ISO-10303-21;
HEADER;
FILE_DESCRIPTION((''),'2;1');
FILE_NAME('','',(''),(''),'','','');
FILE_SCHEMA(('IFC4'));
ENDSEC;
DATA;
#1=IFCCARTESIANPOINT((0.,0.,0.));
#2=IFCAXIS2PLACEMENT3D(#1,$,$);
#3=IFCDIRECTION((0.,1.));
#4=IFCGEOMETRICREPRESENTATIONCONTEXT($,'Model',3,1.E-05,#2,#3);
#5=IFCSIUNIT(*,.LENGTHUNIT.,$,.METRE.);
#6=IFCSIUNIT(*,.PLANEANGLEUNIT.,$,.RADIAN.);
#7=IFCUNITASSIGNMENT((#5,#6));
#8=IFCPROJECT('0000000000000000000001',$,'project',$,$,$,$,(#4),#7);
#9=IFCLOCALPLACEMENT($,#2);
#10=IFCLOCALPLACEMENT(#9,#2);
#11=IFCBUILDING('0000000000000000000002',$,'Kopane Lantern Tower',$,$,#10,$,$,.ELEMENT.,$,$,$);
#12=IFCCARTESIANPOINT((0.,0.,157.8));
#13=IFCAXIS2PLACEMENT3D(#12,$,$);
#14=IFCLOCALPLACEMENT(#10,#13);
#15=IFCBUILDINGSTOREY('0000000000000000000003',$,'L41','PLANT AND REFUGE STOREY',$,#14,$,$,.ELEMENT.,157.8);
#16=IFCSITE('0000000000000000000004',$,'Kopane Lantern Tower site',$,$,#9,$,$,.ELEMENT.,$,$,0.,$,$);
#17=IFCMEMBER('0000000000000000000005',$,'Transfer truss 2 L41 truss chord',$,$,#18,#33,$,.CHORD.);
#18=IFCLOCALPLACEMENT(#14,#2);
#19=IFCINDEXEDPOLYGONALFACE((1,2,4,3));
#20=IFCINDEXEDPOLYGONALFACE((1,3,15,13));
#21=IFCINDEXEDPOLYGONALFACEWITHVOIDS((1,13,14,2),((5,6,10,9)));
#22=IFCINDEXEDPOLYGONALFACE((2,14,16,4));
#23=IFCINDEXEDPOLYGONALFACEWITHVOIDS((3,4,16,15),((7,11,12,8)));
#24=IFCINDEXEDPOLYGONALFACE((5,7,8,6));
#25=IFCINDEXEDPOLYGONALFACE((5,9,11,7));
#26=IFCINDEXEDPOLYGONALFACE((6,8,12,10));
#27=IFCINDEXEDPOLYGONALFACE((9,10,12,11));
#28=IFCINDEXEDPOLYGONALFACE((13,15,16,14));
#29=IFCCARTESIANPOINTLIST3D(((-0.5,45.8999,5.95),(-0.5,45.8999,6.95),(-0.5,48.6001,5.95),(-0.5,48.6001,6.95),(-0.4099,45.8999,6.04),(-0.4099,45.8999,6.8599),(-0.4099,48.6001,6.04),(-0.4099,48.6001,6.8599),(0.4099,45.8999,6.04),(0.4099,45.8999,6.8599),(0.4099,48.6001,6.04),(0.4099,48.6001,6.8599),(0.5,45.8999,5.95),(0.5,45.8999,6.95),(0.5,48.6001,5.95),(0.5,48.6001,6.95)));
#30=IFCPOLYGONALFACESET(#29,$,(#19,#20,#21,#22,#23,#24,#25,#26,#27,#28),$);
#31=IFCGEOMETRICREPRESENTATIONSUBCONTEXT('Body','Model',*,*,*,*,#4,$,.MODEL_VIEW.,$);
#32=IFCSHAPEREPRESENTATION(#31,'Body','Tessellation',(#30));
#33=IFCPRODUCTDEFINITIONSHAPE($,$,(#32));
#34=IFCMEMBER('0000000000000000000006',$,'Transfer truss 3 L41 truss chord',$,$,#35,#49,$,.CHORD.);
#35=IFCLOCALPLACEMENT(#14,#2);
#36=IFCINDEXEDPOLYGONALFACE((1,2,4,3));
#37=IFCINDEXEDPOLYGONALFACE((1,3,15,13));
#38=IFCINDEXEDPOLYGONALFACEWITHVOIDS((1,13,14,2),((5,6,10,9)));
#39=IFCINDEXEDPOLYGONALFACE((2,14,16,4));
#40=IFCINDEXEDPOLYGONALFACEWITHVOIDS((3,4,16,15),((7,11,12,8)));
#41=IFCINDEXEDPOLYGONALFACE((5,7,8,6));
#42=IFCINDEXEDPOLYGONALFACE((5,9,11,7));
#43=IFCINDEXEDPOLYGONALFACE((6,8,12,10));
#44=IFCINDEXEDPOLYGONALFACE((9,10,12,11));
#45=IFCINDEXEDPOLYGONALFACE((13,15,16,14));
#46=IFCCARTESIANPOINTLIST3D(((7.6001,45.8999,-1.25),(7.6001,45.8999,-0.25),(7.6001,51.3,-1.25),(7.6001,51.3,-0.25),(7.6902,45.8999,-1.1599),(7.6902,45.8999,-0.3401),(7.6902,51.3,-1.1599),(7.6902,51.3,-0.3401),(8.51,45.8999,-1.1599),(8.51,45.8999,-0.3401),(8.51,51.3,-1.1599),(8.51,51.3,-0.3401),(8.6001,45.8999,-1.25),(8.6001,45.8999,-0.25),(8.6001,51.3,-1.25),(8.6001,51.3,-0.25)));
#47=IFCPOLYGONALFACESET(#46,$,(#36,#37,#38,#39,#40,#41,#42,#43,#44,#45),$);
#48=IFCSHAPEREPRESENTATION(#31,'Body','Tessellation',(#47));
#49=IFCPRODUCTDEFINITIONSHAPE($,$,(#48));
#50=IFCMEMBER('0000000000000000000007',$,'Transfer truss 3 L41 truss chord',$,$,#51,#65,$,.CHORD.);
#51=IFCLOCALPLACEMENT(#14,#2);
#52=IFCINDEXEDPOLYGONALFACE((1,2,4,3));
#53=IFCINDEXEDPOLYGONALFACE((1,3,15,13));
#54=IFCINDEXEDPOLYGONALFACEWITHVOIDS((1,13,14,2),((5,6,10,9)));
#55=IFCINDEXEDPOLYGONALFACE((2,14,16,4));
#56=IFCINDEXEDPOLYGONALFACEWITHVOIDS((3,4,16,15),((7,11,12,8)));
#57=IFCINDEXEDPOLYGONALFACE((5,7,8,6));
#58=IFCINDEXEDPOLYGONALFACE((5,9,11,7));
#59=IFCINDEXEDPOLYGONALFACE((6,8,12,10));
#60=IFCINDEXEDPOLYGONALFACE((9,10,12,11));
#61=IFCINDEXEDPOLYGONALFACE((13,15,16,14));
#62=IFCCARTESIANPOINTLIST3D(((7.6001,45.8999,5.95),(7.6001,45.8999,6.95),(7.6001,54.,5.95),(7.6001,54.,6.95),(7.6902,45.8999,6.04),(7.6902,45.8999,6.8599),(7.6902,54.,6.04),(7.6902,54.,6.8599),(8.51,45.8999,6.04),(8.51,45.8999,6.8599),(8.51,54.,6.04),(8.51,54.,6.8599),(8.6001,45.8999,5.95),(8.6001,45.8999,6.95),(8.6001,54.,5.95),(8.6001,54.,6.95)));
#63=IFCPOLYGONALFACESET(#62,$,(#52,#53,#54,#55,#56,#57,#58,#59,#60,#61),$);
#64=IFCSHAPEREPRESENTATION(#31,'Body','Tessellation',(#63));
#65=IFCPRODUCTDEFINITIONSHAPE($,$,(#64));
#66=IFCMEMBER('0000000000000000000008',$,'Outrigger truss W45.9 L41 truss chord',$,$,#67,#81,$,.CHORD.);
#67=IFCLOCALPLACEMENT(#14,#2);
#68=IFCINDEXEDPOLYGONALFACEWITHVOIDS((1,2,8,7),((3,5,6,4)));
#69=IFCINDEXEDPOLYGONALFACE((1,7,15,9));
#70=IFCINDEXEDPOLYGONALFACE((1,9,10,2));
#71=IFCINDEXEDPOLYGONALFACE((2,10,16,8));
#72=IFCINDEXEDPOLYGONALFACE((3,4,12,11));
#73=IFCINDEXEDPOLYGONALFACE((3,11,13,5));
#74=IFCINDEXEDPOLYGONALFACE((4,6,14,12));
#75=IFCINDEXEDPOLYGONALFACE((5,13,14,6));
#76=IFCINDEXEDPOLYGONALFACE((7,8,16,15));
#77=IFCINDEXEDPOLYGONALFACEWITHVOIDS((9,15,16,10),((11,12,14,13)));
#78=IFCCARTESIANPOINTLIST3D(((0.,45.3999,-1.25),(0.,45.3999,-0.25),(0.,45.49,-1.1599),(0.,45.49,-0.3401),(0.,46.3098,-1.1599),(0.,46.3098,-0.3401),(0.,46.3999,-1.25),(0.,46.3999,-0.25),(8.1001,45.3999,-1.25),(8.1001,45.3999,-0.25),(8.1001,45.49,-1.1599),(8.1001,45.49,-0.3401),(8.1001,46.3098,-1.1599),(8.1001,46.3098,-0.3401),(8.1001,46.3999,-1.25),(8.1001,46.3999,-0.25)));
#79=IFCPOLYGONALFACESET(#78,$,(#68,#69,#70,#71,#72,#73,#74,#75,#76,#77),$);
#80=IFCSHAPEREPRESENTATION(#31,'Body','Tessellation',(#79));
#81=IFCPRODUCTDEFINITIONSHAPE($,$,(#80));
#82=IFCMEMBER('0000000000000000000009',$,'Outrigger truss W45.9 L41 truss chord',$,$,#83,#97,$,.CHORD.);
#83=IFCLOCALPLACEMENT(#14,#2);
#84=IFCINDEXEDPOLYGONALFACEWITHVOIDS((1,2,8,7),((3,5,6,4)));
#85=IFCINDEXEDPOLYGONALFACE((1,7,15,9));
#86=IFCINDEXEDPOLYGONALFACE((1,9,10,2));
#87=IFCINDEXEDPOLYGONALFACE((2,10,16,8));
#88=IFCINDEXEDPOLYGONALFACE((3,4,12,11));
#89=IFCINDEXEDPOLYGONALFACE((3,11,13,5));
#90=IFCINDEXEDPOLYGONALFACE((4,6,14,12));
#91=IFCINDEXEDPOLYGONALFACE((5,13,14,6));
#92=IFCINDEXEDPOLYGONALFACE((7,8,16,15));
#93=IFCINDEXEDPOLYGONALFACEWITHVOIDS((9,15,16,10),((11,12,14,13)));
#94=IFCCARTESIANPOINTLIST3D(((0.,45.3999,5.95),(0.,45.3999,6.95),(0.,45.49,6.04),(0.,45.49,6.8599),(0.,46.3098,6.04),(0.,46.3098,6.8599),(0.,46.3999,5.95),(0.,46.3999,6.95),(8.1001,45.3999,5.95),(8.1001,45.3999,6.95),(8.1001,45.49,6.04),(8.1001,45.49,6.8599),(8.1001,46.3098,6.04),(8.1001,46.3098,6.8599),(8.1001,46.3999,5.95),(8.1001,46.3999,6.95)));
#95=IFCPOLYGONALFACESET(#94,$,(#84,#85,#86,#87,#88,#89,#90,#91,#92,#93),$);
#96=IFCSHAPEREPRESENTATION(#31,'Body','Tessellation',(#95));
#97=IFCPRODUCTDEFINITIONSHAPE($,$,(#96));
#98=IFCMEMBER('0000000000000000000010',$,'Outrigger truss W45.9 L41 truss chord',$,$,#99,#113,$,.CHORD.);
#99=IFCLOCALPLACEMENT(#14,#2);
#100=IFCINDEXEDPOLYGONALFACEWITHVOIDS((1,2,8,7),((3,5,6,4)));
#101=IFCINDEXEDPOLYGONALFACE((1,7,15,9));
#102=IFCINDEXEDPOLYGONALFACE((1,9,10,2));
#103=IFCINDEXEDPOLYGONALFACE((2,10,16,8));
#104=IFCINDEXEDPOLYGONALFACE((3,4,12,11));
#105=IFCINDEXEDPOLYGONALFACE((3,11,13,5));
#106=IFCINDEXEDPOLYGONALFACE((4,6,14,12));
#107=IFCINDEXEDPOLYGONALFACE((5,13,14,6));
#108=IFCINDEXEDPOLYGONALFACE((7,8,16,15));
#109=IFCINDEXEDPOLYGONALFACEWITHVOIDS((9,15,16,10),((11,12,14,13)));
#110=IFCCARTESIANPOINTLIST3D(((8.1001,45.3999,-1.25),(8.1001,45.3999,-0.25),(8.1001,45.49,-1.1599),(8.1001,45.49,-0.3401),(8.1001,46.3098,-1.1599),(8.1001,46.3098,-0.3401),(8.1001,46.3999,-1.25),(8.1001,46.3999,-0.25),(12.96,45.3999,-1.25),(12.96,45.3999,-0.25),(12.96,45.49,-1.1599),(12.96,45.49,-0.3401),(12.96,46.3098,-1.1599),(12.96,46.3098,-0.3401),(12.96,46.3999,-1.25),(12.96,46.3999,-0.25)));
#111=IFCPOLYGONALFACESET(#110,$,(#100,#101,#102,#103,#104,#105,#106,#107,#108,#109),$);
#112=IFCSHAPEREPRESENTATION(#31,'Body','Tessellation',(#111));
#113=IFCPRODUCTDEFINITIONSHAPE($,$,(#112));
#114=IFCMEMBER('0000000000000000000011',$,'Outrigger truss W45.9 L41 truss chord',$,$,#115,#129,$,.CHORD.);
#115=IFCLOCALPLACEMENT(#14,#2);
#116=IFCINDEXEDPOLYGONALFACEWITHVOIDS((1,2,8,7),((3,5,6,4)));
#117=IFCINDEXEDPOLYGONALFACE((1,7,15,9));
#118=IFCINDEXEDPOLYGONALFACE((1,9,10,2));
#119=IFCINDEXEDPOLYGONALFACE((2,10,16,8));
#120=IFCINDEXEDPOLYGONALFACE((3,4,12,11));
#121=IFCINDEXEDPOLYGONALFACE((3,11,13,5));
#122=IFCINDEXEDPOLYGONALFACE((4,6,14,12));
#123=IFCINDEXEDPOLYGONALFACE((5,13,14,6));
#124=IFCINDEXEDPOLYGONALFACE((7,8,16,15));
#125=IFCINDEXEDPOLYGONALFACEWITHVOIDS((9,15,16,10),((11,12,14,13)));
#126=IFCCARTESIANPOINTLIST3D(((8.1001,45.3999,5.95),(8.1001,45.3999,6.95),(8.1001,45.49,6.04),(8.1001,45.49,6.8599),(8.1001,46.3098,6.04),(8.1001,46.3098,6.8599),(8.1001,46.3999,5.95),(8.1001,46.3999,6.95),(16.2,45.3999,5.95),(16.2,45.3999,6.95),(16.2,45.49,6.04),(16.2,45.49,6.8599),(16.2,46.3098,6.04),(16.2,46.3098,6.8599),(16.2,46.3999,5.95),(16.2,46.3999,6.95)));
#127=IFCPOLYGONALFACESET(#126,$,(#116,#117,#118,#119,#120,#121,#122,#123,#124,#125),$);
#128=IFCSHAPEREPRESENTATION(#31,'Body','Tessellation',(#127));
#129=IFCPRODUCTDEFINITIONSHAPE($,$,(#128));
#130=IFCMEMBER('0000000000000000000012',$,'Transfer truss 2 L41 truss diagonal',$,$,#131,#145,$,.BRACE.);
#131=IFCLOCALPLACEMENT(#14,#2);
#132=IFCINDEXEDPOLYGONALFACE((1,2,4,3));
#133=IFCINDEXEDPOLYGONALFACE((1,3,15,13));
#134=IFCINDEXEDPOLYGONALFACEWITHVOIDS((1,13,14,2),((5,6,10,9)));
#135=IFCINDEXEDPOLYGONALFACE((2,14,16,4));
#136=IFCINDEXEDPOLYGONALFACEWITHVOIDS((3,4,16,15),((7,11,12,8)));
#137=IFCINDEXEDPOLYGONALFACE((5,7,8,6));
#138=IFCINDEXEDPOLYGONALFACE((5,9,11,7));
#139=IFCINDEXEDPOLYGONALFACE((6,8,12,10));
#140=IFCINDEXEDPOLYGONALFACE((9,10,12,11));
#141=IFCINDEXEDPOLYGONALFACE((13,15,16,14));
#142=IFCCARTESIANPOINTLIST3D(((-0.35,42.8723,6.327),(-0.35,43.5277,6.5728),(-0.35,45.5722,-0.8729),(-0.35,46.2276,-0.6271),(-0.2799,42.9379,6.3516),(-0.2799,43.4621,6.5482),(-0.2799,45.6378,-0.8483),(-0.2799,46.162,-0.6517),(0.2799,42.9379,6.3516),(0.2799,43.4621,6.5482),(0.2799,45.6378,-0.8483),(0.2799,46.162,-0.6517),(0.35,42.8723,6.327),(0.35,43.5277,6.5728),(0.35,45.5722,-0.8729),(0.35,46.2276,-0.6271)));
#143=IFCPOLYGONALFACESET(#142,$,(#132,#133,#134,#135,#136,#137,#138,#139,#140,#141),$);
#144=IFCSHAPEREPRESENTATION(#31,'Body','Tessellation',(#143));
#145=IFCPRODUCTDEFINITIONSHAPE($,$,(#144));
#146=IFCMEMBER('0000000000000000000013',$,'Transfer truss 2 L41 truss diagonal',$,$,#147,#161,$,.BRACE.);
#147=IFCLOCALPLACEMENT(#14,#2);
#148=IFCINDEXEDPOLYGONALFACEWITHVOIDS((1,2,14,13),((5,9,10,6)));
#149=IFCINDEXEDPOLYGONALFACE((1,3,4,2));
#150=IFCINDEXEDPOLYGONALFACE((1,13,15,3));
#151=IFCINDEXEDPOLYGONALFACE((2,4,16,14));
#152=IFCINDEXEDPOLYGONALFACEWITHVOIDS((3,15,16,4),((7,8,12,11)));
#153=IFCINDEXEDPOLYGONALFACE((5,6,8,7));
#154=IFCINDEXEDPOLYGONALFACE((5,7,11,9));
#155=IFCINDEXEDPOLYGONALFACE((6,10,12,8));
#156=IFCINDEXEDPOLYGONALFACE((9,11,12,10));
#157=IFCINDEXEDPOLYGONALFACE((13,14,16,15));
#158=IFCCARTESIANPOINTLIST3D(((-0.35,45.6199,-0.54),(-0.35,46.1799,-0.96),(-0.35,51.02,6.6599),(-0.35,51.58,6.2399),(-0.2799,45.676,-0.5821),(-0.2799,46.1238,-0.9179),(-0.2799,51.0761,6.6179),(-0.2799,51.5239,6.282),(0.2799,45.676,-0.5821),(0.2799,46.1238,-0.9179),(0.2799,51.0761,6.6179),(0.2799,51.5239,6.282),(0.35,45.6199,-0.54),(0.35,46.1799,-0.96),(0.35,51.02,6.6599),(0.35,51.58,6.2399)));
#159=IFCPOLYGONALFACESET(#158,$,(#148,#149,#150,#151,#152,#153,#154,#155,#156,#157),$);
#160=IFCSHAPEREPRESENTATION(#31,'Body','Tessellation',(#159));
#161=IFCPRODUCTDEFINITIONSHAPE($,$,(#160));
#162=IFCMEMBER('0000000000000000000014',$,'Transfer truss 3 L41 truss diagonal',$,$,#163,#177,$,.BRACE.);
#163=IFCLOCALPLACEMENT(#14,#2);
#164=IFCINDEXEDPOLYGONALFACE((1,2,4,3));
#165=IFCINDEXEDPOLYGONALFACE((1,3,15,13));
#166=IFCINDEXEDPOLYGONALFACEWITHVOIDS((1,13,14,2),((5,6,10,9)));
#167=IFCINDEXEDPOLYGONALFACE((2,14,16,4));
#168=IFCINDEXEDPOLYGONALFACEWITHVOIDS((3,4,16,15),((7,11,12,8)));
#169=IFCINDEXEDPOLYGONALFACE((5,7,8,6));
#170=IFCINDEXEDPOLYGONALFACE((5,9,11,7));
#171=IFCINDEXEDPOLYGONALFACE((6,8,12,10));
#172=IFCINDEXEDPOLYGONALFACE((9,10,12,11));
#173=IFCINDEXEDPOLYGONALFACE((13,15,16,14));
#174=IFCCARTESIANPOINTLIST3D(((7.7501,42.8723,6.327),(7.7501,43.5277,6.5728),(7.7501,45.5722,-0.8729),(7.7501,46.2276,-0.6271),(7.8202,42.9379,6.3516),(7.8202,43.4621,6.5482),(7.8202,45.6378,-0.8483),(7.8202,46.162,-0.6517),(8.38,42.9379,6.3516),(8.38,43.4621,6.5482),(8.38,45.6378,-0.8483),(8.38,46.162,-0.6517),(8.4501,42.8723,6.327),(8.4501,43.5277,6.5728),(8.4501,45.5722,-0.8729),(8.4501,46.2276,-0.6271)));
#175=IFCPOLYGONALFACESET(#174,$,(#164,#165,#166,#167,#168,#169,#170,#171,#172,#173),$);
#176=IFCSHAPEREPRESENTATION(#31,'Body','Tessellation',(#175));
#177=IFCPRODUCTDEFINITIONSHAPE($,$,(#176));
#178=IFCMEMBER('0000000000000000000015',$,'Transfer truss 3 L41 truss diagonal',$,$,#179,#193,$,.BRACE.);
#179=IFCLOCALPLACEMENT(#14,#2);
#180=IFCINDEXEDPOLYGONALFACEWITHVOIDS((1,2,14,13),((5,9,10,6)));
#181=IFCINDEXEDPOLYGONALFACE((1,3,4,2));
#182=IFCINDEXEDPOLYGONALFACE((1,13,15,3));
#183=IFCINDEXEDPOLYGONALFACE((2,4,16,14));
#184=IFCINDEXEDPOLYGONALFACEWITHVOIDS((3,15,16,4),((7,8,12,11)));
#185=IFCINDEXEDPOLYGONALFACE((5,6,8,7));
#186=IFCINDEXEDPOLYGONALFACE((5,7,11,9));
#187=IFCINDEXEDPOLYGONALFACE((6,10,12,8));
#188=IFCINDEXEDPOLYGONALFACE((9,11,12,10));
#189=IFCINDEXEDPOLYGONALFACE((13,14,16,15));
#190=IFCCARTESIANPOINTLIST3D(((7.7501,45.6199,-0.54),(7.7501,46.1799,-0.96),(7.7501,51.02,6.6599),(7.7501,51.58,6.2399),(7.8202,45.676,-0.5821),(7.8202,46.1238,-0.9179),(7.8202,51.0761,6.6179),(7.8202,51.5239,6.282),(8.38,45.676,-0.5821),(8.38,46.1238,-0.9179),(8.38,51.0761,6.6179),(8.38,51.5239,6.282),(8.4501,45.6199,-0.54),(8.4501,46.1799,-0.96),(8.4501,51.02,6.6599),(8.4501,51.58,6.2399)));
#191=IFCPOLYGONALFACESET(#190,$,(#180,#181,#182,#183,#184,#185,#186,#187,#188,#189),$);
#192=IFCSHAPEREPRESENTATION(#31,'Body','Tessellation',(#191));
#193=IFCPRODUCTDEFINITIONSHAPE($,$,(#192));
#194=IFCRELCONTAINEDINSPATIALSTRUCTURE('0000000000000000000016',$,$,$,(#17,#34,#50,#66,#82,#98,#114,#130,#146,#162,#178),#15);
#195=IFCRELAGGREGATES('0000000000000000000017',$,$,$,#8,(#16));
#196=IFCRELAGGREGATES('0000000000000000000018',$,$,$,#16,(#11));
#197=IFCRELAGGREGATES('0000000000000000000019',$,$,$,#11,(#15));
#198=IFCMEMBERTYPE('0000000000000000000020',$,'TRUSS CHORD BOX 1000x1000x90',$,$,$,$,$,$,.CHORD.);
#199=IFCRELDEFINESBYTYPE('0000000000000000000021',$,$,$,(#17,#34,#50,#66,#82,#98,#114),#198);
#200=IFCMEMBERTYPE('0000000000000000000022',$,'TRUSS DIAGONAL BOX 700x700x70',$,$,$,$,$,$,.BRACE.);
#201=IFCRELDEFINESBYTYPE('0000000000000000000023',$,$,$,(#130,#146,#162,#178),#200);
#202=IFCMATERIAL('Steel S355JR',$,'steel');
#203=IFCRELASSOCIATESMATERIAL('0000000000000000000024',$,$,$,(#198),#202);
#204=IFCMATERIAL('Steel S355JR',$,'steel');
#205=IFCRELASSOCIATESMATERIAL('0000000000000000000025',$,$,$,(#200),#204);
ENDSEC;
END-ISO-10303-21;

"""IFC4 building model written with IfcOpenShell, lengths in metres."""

from ifc_helpers import new_model, si_unit, direction, frame, origin, origin_2d, place, context, subcontext, project, spatial, hollow_rectangle, extrude, material, material_profile, profile_set, type_object, element, save


model = new_model("IFC4")

# Units and contexts
model_context = context("Model", 3, precision=1e-05, world=origin(), true_north=direction((0.0, 1.0)))
body_context = subcontext(model_context, "Body", "Model", "MODEL_VIEW")
ifc_project = project(units=[si_unit("LENGTHUNIT", "METRE"), si_unit("PLANEANGLEUNIT", "RADIAN")], contexts=[model_context])

# Site, building, storey
site_placement = place(None, origin())
site = spatial("IfcSite", under=ifc_project, at=site_placement, Name="Kopane Lantern Tower site", CompositionType="ELEMENT", RefElevation=0.0)
building_placement = place(site_placement, origin())
building = spatial("IfcBuilding", under=site, at=building_placement, Name="Kopane Lantern Tower", CompositionType="ELEMENT")
storey_placement = place(building_placement, frame((0.0, 0.0, 157.8)))
storey = spatial("IfcBuildingStorey", under=building, at=storey_placement, Name="L41", Description="PLANT AND REFUGE STOREY", CompositionType="ELEMENT", Elevation=157.8)

# Members
ifc_material_1 = material(Name="Steel S355JR", Category="steel")
ifc_material_profile_1 = material_profile(ifc_material_1, hollow_rectangle(XDim=1.0, YDim=1.0, WallThickness=0.0901, at=origin_2d()), Name="BOX 1000x1000x90")
ifc_profile_set_1 = profile_set([ifc_material_profile_1], Name="Steel S355JR")
member_type_1 = type_object("IfcMemberType", Name="TRUSS CHORD BOX 1000x1000x90", PredefinedType="CHORD", material=ifc_profile_set_1)
member_1_placement = place(storey_placement, frame((0.0, 45.8999, 6.45), z_axis=(0.0, 1.0, 0.0), x_axis=(-1.0, 0.0, 0.0)))
element("IfcMember", 1, at=member_1_placement, inside=storey, type_object=member_type_1, Name="Transfer truss 2 L41 truss chord", PredefinedType="CHORD", context=body_context, shape_type="SweptSolid", body=[
    extrude(hollow_rectangle(XDim=1.0, YDim=1.0, WallThickness=0.0901, at=origin_2d()), origin(), (0.0, 0.0, 1.0), 2.7002),
])
member_2_placement = place(storey_placement, frame((8.1001, 45.8999, -0.75), z_axis=(0.0, 1.0, 0.0), x_axis=(-1.0, 0.0, 0.0)))
element("IfcMember", 2, at=member_2_placement, inside=storey, type_object=member_type_1, Name="Transfer truss 3 L41 truss chord", PredefinedType="CHORD", context=body_context, shape_type="SweptSolid", body=[
    extrude(hollow_rectangle(XDim=1.0, YDim=1.0, WallThickness=0.0901, at=origin_2d()), origin(), (0.0, 0.0, 1.0), 5.4001),
])
for number, where, z_axis, x_axis, name in (
    (3, (8.1001, 45.8999, 6.45), (0.0, 1.0, 0.0), (-1.0, 0.0, 0.0), "Transfer truss 3 L41 truss chord"),
    (4, (0.0, 45.8999, -0.75), (1.0, 0.0, 0.0), (0.0, 1.0, 0.0), "Outrigger truss W45.9 L41 truss chord"),
    (5, (0.0, 45.8999, 6.45), (1.0, 0.0, 0.0), (0.0, 1.0, 0.0), "Outrigger truss W45.9 L41 truss chord"),
):
    element("IfcMember", number, at=place(storey_placement, frame(where, z_axis=z_axis, x_axis=x_axis)), inside=storey, type_object=member_type_1, Name=name, PredefinedType="CHORD", context=body_context, shape_type="SweptSolid", body=[
        extrude(hollow_rectangle(XDim=1.0, YDim=1.0, WallThickness=0.0901, at=origin_2d()), origin(), (0.0, 0.0, 1.0), 8.1001),
    ])
member_3_placement = place(storey_placement, frame((8.1001, 45.8999, -0.75), z_axis=(1.0, 0.0, 0.0), x_axis=(0.0, 1.0, 0.0)))
element("IfcMember", 6, at=member_3_placement, inside=storey, type_object=member_type_1, Name="Outrigger truss W45.9 L41 truss chord", PredefinedType="CHORD", context=body_context, shape_type="SweptSolid", body=[
    extrude(hollow_rectangle(XDim=1.0, YDim=1.0, WallThickness=0.0901, at=origin_2d()), origin(), (0.0, 0.0, 1.0), 4.8599),
])
member_4_placement = place(storey_placement, frame((8.1001, 45.8999, 6.45), z_axis=(1.0, 0.0, 0.0), x_axis=(0.0, 1.0, 0.0)))
element("IfcMember", 7, at=member_4_placement, inside=storey, type_object=member_type_1, Name="Outrigger truss W45.9 L41 truss chord", PredefinedType="CHORD", context=body_context, shape_type="SweptSolid", body=[
    extrude(hollow_rectangle(XDim=1.0, YDim=1.0, WallThickness=0.0901, at=origin_2d()), origin(), (0.0, 0.0, 1.0), 8.0999),
])
ifc_material_2 = material(Name="Steel S355JR", Category="steel")
ifc_material_profile_2 = material_profile(ifc_material_2, hollow_rectangle(XDim=0.7, YDim=0.7, WallThickness=0.0701, at=origin_2d()), Name="BOX 700x700x70")
ifc_profile_set_2 = profile_set([ifc_material_profile_2], Name="Steel S355JR")
member_type_2 = type_object("IfcMemberType", Name="TRUSS DIAGONAL BOX 700x700x70", PredefinedType="BRACE", material=ifc_profile_set_2)
member_5_placement = place(storey_placement, frame((0.0, 45.8999, -0.75), z_axis=(0.0, -0.35112, 0.93633), x_axis=(1.0, 0.0, 0.0)))
element("IfcMember", 8, at=member_5_placement, inside=storey, type_object=member_type_2, Name="Transfer truss 2 L41 truss diagonal", PredefinedType="BRACE", context=body_context, shape_type="SweptSolid", body=[
    extrude(hollow_rectangle(XDim=0.7, YDim=0.7, WallThickness=0.0701, at=origin_2d()), origin(), (0.0, 0.0, 1.0), 7.6895),
])
member_6_placement = place(storey_placement, frame((0.0, 45.8999, -0.75), z_axis=(0.0, 0.600013, 0.79999), x_axis=(-1.0, 0.0, 0.0)))
element("IfcMember", 9, at=member_6_placement, inside=storey, type_object=member_type_2, Name="Transfer truss 2 L41 truss diagonal", PredefinedType="BRACE", context=body_context, shape_type="SweptSolid", body=[
    extrude(hollow_rectangle(XDim=0.7, YDim=0.7, WallThickness=0.0701, at=origin_2d()), origin(), (0.0, 0.0, 1.0), 9.0),
])
member_7_placement = place(storey_placement, frame((8.1001, 45.8999, -0.75), z_axis=(0.0, -0.35112, 0.93633), x_axis=(1.0, 0.0, 0.0)))
element("IfcMember", 10, at=member_7_placement, inside=storey, type_object=member_type_2, Name="Transfer truss 3 L41 truss diagonal", PredefinedType="BRACE", context=body_context, shape_type="SweptSolid", body=[
    extrude(hollow_rectangle(XDim=0.7, YDim=0.7, WallThickness=0.0701, at=origin_2d()), origin(), (0.0, 0.0, 1.0), 7.6895),
])
member_8_placement = place(storey_placement, frame((8.1001, 45.8999, -0.75), z_axis=(0.0, 0.600013, 0.79999), x_axis=(-1.0, 0.0, 0.0)))
element("IfcMember", 11, at=member_8_placement, inside=storey, type_object=member_type_2, Name="Transfer truss 3 L41 truss diagonal", PredefinedType="BRACE", context=body_context, shape_type="SweptSolid", body=[
    extrude(hollow_rectangle(XDim=0.7, YDim=0.7, WallThickness=0.0701, at=origin_2d()), origin(), (0.0, 0.0, 1.0), 9.0),
])

save(model, "model.ifc")
